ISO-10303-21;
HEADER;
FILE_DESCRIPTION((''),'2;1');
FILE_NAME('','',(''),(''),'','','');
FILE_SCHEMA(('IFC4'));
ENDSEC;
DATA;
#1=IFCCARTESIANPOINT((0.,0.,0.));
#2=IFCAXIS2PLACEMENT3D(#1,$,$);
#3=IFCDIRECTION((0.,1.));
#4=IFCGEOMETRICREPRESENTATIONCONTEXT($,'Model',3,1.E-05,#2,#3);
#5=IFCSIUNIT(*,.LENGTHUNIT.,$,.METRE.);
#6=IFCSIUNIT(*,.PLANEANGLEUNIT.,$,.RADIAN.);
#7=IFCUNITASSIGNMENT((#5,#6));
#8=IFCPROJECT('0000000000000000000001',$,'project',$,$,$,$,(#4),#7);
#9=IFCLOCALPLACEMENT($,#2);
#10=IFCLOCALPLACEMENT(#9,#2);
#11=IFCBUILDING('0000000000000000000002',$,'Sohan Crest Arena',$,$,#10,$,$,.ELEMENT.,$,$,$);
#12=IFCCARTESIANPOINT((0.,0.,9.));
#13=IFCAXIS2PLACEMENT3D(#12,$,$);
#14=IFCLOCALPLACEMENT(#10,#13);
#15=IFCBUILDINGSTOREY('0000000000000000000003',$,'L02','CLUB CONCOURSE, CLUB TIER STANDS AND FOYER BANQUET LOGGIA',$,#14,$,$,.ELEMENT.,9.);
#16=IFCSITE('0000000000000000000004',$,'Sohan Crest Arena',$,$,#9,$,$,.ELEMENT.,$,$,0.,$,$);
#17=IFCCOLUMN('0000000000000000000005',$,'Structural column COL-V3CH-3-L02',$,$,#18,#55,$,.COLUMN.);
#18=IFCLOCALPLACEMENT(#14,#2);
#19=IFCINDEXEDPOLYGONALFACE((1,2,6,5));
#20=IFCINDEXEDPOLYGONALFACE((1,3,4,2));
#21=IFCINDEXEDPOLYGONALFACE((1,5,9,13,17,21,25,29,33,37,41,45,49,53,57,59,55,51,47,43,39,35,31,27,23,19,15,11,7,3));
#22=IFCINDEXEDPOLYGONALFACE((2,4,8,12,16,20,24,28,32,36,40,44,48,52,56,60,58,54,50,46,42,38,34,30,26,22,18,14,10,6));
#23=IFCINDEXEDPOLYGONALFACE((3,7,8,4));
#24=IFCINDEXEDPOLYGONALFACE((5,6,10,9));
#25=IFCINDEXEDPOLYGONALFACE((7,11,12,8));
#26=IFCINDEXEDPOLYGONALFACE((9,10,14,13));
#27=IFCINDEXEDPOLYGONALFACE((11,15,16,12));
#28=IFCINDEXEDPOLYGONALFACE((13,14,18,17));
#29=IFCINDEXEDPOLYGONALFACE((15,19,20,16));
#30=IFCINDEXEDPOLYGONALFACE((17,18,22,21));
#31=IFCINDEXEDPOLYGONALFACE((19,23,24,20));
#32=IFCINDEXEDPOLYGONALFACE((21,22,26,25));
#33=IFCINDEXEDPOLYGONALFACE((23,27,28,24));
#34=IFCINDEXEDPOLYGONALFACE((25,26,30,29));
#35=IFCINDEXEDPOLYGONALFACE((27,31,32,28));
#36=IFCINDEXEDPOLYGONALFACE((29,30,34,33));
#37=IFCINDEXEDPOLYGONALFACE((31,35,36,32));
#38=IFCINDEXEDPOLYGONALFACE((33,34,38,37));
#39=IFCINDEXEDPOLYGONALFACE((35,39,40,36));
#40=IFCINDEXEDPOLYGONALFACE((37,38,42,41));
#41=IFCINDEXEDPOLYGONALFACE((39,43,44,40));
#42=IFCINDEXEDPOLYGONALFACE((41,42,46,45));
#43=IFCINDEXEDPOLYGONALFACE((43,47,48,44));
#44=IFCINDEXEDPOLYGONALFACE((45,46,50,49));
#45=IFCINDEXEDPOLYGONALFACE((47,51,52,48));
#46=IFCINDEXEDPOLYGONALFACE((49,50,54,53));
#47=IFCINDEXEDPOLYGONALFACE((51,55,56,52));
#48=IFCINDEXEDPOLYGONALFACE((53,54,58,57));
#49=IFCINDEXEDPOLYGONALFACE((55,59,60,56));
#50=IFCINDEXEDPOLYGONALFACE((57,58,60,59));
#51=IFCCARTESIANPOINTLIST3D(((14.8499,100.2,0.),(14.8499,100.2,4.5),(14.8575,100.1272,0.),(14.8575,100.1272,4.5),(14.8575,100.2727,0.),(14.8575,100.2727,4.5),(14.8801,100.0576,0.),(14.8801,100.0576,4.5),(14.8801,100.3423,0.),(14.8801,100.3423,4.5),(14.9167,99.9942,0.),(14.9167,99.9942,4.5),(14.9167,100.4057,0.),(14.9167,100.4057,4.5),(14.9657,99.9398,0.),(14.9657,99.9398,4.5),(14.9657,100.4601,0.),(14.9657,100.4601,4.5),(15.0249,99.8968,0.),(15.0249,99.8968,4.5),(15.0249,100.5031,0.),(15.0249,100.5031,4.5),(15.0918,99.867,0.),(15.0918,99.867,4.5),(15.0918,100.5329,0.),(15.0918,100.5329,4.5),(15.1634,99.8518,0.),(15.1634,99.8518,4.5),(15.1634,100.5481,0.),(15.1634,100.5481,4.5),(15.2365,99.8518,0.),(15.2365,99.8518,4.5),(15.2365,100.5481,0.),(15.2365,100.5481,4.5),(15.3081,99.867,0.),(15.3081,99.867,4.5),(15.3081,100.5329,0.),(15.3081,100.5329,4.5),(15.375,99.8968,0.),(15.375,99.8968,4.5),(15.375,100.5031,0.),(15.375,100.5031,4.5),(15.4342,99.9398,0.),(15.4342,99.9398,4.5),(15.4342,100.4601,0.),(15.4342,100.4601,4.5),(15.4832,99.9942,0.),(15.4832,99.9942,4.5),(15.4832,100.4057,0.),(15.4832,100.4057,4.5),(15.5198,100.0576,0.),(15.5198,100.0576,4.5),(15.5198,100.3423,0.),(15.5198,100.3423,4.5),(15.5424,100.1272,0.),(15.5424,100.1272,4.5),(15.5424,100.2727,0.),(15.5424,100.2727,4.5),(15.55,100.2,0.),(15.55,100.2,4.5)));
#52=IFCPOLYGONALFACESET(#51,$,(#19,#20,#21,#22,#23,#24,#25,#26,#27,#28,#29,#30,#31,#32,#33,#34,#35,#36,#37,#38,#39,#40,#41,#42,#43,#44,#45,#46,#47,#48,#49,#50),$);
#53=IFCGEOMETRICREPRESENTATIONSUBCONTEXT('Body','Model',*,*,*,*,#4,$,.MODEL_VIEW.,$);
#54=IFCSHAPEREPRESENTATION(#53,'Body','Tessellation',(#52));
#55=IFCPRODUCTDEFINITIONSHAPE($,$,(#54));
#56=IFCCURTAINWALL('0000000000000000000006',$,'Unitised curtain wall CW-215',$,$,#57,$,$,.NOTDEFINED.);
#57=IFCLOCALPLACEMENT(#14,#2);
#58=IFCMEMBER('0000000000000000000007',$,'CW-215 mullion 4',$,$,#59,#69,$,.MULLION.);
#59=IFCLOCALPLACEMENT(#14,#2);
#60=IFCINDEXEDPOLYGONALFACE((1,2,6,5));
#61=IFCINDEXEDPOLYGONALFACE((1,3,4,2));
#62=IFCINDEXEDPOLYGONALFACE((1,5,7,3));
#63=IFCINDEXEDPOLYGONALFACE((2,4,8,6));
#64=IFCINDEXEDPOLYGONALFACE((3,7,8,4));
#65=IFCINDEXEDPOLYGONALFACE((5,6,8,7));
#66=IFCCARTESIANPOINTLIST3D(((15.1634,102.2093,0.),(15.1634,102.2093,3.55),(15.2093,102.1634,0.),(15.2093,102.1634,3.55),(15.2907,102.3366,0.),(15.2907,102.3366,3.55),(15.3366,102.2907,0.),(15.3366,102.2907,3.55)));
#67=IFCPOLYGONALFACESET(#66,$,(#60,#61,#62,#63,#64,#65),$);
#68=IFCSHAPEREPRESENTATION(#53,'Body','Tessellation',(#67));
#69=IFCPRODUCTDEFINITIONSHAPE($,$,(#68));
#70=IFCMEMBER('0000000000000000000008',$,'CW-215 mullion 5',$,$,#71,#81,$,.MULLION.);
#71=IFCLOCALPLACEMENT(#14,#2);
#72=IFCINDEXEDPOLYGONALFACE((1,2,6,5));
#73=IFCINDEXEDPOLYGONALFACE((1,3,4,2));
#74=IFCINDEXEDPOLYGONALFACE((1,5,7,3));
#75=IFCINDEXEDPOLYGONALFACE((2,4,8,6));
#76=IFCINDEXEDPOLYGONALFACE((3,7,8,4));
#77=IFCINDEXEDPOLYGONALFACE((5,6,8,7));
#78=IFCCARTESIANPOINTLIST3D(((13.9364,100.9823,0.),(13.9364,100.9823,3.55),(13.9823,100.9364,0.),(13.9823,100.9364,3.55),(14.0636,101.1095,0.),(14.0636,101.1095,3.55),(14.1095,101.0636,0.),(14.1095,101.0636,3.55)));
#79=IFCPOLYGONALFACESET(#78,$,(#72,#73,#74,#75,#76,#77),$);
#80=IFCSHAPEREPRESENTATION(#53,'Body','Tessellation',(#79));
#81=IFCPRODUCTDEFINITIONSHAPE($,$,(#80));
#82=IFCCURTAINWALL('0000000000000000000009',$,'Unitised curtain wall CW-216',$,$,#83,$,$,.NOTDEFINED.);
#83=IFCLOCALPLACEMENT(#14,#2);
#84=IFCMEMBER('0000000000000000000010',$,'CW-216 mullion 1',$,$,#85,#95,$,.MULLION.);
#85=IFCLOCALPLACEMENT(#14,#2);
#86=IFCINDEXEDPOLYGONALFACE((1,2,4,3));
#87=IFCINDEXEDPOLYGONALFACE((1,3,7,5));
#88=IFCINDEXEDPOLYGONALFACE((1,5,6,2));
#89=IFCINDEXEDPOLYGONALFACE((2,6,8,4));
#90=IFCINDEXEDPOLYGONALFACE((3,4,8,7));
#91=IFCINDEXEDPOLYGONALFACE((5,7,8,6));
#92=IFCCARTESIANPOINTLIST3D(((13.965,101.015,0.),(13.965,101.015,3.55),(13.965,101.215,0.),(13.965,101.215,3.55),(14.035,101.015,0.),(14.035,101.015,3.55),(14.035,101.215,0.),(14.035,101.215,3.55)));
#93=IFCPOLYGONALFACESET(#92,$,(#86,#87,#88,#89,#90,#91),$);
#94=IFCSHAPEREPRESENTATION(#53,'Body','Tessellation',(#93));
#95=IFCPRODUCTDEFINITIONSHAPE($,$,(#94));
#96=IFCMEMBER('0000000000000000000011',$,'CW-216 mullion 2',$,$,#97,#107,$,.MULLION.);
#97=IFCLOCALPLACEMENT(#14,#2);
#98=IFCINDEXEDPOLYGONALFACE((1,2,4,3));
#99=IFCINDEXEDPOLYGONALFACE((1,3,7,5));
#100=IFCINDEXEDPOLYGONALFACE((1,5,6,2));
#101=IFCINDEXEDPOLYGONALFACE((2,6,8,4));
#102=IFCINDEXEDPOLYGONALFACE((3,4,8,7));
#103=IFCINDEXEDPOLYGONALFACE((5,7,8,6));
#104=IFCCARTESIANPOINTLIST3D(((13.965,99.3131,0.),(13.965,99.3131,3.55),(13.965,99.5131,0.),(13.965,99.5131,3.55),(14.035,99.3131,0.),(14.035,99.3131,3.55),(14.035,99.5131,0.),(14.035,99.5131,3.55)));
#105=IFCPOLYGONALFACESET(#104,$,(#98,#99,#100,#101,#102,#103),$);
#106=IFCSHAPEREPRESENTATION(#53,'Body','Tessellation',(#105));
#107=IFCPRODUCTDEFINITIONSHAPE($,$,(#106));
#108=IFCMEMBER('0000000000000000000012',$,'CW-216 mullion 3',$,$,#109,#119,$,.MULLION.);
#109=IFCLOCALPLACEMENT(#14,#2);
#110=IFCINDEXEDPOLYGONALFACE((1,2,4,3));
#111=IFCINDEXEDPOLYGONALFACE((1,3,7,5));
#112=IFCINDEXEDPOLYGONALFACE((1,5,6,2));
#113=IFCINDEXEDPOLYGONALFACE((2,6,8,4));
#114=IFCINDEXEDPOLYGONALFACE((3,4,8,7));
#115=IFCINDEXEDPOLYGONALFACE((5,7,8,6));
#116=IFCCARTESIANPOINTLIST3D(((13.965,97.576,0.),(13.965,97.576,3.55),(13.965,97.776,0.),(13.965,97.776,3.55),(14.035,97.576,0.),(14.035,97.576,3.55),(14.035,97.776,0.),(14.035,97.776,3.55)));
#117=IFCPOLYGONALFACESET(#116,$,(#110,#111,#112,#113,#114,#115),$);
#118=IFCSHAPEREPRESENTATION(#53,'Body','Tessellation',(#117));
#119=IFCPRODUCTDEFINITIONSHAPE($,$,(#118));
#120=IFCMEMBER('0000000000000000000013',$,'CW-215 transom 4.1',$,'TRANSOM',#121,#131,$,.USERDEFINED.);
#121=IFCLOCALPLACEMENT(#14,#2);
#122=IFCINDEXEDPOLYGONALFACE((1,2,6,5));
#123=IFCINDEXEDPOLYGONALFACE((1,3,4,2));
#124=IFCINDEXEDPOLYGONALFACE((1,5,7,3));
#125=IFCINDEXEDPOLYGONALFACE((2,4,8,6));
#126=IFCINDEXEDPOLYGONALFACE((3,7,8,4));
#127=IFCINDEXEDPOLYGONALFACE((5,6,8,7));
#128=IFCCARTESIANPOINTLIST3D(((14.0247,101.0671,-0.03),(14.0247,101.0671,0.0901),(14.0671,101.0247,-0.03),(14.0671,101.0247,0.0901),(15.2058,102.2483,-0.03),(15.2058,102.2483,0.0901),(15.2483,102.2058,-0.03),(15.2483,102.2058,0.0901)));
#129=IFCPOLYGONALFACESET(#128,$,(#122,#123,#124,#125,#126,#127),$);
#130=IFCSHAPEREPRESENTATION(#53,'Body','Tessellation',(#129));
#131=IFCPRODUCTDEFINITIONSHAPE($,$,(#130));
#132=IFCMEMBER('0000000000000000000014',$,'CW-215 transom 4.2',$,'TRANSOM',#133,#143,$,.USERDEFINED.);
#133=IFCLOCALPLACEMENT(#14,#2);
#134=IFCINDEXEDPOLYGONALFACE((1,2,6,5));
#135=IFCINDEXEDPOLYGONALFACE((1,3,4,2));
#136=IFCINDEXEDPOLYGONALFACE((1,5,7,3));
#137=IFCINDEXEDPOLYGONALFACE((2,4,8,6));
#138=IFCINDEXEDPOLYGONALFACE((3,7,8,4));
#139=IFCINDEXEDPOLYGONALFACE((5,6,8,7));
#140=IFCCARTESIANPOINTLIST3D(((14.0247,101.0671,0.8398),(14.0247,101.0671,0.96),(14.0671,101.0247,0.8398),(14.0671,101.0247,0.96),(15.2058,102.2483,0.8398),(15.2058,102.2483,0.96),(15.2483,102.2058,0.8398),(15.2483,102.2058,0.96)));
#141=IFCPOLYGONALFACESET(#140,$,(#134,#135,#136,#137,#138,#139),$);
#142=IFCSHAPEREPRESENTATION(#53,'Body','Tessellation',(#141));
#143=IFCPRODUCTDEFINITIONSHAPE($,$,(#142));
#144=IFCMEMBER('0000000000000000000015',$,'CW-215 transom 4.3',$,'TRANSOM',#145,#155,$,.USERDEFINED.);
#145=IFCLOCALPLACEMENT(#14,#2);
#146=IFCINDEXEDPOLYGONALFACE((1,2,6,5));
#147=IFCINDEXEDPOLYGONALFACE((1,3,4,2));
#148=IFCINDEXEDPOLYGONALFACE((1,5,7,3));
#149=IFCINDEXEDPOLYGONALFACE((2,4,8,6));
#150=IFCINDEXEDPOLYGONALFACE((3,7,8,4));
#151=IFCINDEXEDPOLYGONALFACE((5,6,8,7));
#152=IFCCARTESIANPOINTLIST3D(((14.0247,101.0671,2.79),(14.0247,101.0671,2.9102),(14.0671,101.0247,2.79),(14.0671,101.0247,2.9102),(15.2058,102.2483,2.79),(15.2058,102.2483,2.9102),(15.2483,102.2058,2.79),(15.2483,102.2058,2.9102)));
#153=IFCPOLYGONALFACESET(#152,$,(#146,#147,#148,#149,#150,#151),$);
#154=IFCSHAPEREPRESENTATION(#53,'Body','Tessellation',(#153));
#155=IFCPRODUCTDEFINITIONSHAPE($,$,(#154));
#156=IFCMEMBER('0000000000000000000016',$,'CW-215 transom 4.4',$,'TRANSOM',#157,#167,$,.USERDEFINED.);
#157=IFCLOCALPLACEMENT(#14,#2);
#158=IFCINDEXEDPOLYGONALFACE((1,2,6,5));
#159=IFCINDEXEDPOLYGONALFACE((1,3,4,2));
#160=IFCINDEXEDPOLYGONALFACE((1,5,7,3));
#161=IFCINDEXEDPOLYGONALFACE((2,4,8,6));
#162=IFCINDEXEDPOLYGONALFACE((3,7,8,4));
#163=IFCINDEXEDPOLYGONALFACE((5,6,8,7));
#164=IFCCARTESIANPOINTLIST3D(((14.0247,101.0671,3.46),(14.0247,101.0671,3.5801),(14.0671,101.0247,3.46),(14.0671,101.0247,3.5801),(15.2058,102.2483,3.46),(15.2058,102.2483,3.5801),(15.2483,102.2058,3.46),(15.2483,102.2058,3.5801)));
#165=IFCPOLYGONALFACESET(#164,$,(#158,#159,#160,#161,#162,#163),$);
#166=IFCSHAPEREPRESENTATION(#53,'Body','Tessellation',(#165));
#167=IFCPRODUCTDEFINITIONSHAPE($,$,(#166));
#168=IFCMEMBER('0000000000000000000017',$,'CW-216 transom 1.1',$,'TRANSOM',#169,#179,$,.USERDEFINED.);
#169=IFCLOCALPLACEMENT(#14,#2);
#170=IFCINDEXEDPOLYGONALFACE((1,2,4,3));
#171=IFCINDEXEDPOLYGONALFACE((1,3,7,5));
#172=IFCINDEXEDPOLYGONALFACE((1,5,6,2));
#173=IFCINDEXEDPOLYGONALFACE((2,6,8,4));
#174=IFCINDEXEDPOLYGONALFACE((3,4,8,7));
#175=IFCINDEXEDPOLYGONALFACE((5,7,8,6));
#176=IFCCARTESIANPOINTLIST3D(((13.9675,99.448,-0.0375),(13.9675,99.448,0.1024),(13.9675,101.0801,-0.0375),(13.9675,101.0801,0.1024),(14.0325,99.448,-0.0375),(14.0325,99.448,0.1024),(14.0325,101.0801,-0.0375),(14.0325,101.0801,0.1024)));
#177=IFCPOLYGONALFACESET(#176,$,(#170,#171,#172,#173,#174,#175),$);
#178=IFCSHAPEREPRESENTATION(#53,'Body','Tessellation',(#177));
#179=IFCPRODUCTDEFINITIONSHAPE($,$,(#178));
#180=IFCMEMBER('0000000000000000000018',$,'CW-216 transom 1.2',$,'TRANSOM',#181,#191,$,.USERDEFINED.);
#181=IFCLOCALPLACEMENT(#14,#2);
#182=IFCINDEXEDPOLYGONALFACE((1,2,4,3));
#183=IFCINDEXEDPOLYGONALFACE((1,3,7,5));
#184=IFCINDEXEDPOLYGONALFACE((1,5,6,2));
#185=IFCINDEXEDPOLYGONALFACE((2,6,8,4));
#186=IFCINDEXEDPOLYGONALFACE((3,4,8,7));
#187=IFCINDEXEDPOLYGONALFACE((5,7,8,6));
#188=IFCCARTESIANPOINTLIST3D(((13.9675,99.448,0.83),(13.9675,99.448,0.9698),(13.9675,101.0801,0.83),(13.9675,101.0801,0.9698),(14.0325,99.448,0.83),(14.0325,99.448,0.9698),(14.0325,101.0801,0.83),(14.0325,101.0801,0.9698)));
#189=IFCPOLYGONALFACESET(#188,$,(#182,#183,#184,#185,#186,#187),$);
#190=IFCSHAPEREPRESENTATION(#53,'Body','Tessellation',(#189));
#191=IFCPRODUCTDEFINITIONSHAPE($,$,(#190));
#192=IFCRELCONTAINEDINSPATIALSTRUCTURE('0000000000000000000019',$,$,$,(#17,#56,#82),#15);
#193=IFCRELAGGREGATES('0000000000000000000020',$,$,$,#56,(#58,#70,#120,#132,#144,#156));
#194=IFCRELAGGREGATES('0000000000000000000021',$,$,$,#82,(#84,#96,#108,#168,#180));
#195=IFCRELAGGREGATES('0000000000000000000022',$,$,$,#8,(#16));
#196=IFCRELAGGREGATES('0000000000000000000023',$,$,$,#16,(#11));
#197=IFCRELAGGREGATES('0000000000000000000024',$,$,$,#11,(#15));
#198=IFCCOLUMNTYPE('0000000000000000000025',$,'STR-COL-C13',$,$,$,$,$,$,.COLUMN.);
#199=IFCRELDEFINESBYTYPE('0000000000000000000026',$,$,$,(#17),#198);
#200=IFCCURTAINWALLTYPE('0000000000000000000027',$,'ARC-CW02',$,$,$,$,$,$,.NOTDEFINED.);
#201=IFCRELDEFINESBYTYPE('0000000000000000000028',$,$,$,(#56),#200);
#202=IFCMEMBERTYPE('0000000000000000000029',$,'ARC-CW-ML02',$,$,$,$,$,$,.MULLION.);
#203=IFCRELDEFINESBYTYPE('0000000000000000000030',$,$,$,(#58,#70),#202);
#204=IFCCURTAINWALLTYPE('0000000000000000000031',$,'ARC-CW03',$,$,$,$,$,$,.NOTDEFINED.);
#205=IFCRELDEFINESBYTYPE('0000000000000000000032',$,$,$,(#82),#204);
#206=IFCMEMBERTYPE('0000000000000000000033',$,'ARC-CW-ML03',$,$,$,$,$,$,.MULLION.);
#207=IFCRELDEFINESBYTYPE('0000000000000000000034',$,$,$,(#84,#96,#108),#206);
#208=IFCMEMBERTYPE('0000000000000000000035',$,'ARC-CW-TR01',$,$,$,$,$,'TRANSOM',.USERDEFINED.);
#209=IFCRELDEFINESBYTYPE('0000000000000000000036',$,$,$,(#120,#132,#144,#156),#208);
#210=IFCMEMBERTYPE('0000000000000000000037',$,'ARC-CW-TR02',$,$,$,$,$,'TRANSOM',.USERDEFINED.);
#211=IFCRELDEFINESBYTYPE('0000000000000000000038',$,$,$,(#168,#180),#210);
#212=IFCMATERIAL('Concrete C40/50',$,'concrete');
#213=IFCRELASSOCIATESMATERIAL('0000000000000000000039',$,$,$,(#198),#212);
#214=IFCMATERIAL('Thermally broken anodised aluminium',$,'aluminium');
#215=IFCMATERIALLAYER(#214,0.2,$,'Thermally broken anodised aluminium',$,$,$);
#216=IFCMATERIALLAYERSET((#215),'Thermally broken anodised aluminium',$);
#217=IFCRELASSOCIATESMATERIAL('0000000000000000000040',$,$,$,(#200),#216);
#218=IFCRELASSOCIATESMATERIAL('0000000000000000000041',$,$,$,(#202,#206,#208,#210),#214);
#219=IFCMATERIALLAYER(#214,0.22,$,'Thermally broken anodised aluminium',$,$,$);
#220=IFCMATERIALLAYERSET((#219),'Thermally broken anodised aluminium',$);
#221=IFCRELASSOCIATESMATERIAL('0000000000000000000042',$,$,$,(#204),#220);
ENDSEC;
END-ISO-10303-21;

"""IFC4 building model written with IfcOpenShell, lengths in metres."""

from ifc_helpers import new_model, si_unit, direction, frame, origin, origin_2d, place, context, subcontext, project, spatial, rectangle, circle, extrude, material, layer, layer_set, material_profile, profile_set, type_object, element, aggregate, save


model = new_model("IFC4")

# Units and contexts
model_context = context("Model", 3, precision=1e-05, world=origin(), true_north=direction((0.0, 1.0)))
body_context = subcontext(model_context, "Body", "Model", "MODEL_VIEW")
ifc_project = project(units=[si_unit("LENGTHUNIT", "METRE"), si_unit("PLANEANGLEUNIT", "RADIAN")], contexts=[model_context])

# Site, building, storey
site_placement = place(None, origin())
site = spatial("IfcSite", under=ifc_project, at=site_placement, Name="Sohan Crest Arena", CompositionType="ELEMENT", RefElevation=0.0)
building_placement = place(site_placement, origin())
building = spatial("IfcBuilding", under=site, at=building_placement, Name="Sohan Crest Arena", CompositionType="ELEMENT")
storey_placement = place(building_placement, frame((0.0, 0.0, 9.0)))
storey = spatial("IfcBuildingStorey", under=building, at=storey_placement, Name="L02", Description="CLUB CONCOURSE, CLUB TIER STANDS AND FOYER BANQUET LOGGIA", CompositionType="ELEMENT", Elevation=9.0)

# Column
ifc_material_1 = material(Name="Concrete C40/50", Category="concrete")
ifc_material_profile_1 = material_profile(ifc_material_1, circle(Radius=0.3501, at=origin_2d()), Name="RC D700")
ifc_profile_set_1 = profile_set([ifc_material_profile_1], Name="Concrete C40/50")
column_type = type_object("IfcColumnType", Name="STR-COL-C13", PredefinedType="COLUMN", material=ifc_profile_set_1)
column_placement = place(storey_placement, frame((15.2, 100.2, 0.0), z_axis=(0.0, 0.0, 1.0), x_axis=(1.0, 0.0, 0.0)))
element("IfcColumn", 1, at=column_placement, inside=storey, type_object=column_type, Name="Structural column COL-V3CH-3-L02", PredefinedType="COLUMN", context=body_context, shape_type="SweptSolid", body=[
    extrude(circle(Radius=0.3501, at=origin_2d()), origin(), (0.0, 0.0, 1.0), 4.5),
])

# Curtain walls, members
ifc_material_2 = material(Name="Thermally broken anodised aluminium", Category="aluminium")
ifc_layer_1 = layer(ifc_material_2, 0.2, Name="Thermally broken anodised aluminium")
ifc_layer_set_1 = layer_set([ifc_layer_1], Name="Thermally broken anodised aluminium")
curtain_wall_type_1 = type_object("IfcCurtainWallType", Name="ARC-CW02", PredefinedType="NOTDEFINED", material=ifc_layer_set_1)
curtain_wall_1_placement = place(storey_placement, origin())
curtain_wall_1 = element("IfcCurtainWall", 2, at=curtain_wall_1_placement, inside=storey, type_object=curtain_wall_type_1, Name="Unitised curtain wall CW-215", PredefinedType="NOTDEFINED")
ifc_material_profile_2 = material_profile(ifc_material_2, rectangle(XDim=0.0649, YDim=0.1799, at=origin_2d()), Name="ALU-MULL 65x180")
ifc_profile_set_2 = profile_set([ifc_material_profile_2], Name="Thermally broken anodised aluminium")
member_type_1 = type_object("IfcMemberType", Name="ARC-CW-ML02", PredefinedType="MULLION", material=ifc_profile_set_2)
member_1_placement = place(storey_placement, frame((15.25, 102.25, 0.0), z_axis=(0.0, 0.0, 1.0), x_axis=(0.707107, -0.707107, 0.0)))
member_1 = element("IfcMember", 3, at=member_1_placement, type_object=member_type_1, Name="CW-215 mullion 4", PredefinedType="MULLION", context=body_context, shape_type="SweptSolid", body=[
    extrude(rectangle(XDim=0.0649, YDim=0.1799, at=origin_2d()), origin(), (0.0, 0.0, 1.0), 3.55),
])
member_2_placement = place(storey_placement, frame((14.0229, 101.0229, 0.0), z_axis=(0.0, 0.0, 1.0), x_axis=(0.707107, -0.707107, 0.0)))
member_2 = element("IfcMember", 4, at=member_2_placement, type_object=member_type_1, Name="CW-215 mullion 5", PredefinedType="MULLION", context=body_context, shape_type="SweptSolid", body=[
    extrude(rectangle(XDim=0.0649, YDim=0.1799, at=origin_2d()), origin(), (0.0, 0.0, 1.0), 3.55),
])
ifc_layer_2 = layer(ifc_material_2, 0.22, Name="Thermally broken anodised aluminium")
ifc_layer_set_2 = layer_set([ifc_layer_2], Name="Thermally broken anodised aluminium")
curtain_wall_type_2 = type_object("IfcCurtainWallType", Name="ARC-CW03", PredefinedType="NOTDEFINED", material=ifc_layer_set_2)
curtain_wall_2_placement = place(storey_placement, origin())
curtain_wall_2 = element("IfcCurtainWall", 5, at=curtain_wall_2_placement, inside=storey, type_object=curtain_wall_type_2, Name="Unitised curtain wall CW-216", PredefinedType="NOTDEFINED")
ifc_material_profile_3 = material_profile(ifc_material_2, rectangle(XDim=0.0701, YDim=0.2, at=origin_2d()), Name="ALU-MULL 70x200")
ifc_profile_set_3 = profile_set([ifc_material_profile_3], Name="Thermally broken anodised aluminium")
member_type_2 = type_object("IfcMemberType", Name="ARC-CW-ML03", PredefinedType="MULLION", material=ifc_profile_set_3)
member_3_placement = place(storey_placement, frame((14.0, 101.115, 0.0), z_axis=(0.0, 0.0, 1.0), x_axis=(1.0, 0.0, 0.0)))
member_3 = element("IfcMember", 6, at=member_3_placement, type_object=member_type_2, Name="CW-216 mullion 1", PredefinedType="MULLION", context=body_context, shape_type="SweptSolid", body=[
    extrude(rectangle(XDim=0.0701, YDim=0.2, at=origin_2d()), origin(), (0.0, 0.0, 1.0), 3.55),
])
member_4_placement = place(storey_placement, frame((14.0, 99.4131, 0.0), z_axis=(0.0, 0.0, 1.0), x_axis=(1.0, 0.0, 0.0)))
member_4 = element("IfcMember", 7, at=member_4_placement, type_object=member_type_2, Name="CW-216 mullion 2", PredefinedType="MULLION", context=body_context, shape_type="SweptSolid", body=[
    extrude(rectangle(XDim=0.0701, YDim=0.2, at=origin_2d()), origin(), (0.0, 0.0, 1.0), 3.55),
])
member_5_placement = place(storey_placement, frame((14.0, 97.676, 0.0), z_axis=(0.0, 0.0, 1.0), x_axis=(1.0, 0.0, 0.0)))
member_5 = element("IfcMember", 8, at=member_5_placement, type_object=member_type_2, Name="CW-216 mullion 3", PredefinedType="MULLION", context=body_context, shape_type="SweptSolid", body=[
    extrude(rectangle(XDim=0.0701, YDim=0.2, at=origin_2d()), origin(), (0.0, 0.0, 1.0), 3.55),
])

# Members
ifc_material_profile_4 = material_profile(ifc_material_2, rectangle(XDim=0.0601, YDim=0.1201, at=origin_2d()), Name="ALU-TRAN 60x120")
ifc_profile_set_4 = profile_set([ifc_material_profile_4], Name="Thermally broken anodised aluminium")
member_type_3 = type_object("IfcMemberType", Name="ARC-CW-TR01", ElementType="TRANSOM", PredefinedType="USERDEFINED", material=ifc_profile_set_4)
member_6_placement = place(storey_placement, frame((15.2271, 102.2271, 0.03), z_axis=(-0.707107, -0.707107, 0.0), x_axis=(0.707107, -0.707107, 0.0)))
member_6 = element("IfcMember", 9, at=member_6_placement, type_object=member_type_3, Name="CW-215 transom 4.1", ObjectType="TRANSOM", PredefinedType="USERDEFINED", context=body_context, shape_type="SweptSolid", body=[
    extrude(rectangle(XDim=0.0601, YDim=0.1201, at=origin_2d()), origin(), (0.0, 0.0, 1.0), 1.6704),
])
member_7_placement = place(storey_placement, frame((15.2271, 102.2271, 0.8999), z_axis=(-0.707107, -0.707107, 0.0), x_axis=(0.707107, -0.707107, 0.0)))
member_7 = element("IfcMember", 10, at=member_7_placement, type_object=member_type_3, Name="CW-215 transom 4.2", ObjectType="TRANSOM", PredefinedType="USERDEFINED", context=body_context, shape_type="SweptSolid", body=[
    extrude(rectangle(XDim=0.0601, YDim=0.1201, at=origin_2d()), origin(), (0.0, 0.0, 1.0), 1.6704),
])
member_8_placement = place(storey_placement, frame((15.2271, 102.2271, 2.8501), z_axis=(-0.707107, -0.707107, 0.0), x_axis=(0.707107, -0.707107, 0.0)))
member_8 = element("IfcMember", 11, at=member_8_placement, type_object=member_type_3, Name="CW-215 transom 4.3", ObjectType="TRANSOM", PredefinedType="USERDEFINED", context=body_context, shape_type="SweptSolid", body=[
    extrude(rectangle(XDim=0.0601, YDim=0.1201, at=origin_2d()), origin(), (0.0, 0.0, 1.0), 1.6704),
])
member_9_placement = place(storey_placement, frame((15.2271, 102.2271, 3.52), z_axis=(-0.707107, -0.707107, 0.0), x_axis=(0.707107, -0.707107, 0.0)))
member_9 = element("IfcMember", 12, at=member_9_placement, type_object=member_type_3, Name="CW-215 transom 4.4", ObjectType="TRANSOM", PredefinedType="USERDEFINED", context=body_context, shape_type="SweptSolid", body=[
    extrude(rectangle(XDim=0.0601, YDim=0.1201, at=origin_2d()), origin(), (0.0, 0.0, 1.0), 1.6704),
])
ifc_material_profile_5 = material_profile(ifc_material_2, rectangle(XDim=0.0649, YDim=0.1399, at=origin_2d()), Name="ALU-TRAN 65x140")
ifc_profile_set_5 = profile_set([ifc_material_profile_5], Name="Thermally broken anodised aluminium")
member_type_4 = type_object("IfcMemberType", Name="ARC-CW-TR02", ElementType="TRANSOM", PredefinedType="USERDEFINED", material=ifc_profile_set_5)
member_10_placement = place(storey_placement, frame((14.0, 101.0801, 0.0325), z_axis=(0.0, -1.0, 0.0), x_axis=(1.0, 0.0, 0.0)))
member_10 = element("IfcMember", 13, at=member_10_placement, type_object=member_type_4, Name="CW-216 transom 1.1", ObjectType="TRANSOM", PredefinedType="USERDEFINED", context=body_context, shape_type="SweptSolid", body=[
    extrude(rectangle(XDim=0.0649, YDim=0.1399, at=origin_2d()), origin(), (0.0, 0.0, 1.0), 1.6321),
])
member_11_placement = place(storey_placement, frame((14.0, 101.0801, 0.8999), z_axis=(0.0, -1.0, 0.0), x_axis=(1.0, 0.0, 0.0)))
member_11 = element("IfcMember", 14, at=member_11_placement, type_object=member_type_4, Name="CW-216 transom 1.2", ObjectType="TRANSOM", PredefinedType="USERDEFINED", context=body_context, shape_type="SweptSolid", body=[
    extrude(rectangle(XDim=0.0649, YDim=0.1399, at=origin_2d()), origin(), (0.0, 0.0, 1.0), 1.6321),
])

aggregate(curtain_wall_1, [member_1, member_2, member_6, member_7, member_8, member_9])
aggregate(curtain_wall_2, [member_3, member_4, member_5, member_10, member_11])

save(model, "model.ifc")
